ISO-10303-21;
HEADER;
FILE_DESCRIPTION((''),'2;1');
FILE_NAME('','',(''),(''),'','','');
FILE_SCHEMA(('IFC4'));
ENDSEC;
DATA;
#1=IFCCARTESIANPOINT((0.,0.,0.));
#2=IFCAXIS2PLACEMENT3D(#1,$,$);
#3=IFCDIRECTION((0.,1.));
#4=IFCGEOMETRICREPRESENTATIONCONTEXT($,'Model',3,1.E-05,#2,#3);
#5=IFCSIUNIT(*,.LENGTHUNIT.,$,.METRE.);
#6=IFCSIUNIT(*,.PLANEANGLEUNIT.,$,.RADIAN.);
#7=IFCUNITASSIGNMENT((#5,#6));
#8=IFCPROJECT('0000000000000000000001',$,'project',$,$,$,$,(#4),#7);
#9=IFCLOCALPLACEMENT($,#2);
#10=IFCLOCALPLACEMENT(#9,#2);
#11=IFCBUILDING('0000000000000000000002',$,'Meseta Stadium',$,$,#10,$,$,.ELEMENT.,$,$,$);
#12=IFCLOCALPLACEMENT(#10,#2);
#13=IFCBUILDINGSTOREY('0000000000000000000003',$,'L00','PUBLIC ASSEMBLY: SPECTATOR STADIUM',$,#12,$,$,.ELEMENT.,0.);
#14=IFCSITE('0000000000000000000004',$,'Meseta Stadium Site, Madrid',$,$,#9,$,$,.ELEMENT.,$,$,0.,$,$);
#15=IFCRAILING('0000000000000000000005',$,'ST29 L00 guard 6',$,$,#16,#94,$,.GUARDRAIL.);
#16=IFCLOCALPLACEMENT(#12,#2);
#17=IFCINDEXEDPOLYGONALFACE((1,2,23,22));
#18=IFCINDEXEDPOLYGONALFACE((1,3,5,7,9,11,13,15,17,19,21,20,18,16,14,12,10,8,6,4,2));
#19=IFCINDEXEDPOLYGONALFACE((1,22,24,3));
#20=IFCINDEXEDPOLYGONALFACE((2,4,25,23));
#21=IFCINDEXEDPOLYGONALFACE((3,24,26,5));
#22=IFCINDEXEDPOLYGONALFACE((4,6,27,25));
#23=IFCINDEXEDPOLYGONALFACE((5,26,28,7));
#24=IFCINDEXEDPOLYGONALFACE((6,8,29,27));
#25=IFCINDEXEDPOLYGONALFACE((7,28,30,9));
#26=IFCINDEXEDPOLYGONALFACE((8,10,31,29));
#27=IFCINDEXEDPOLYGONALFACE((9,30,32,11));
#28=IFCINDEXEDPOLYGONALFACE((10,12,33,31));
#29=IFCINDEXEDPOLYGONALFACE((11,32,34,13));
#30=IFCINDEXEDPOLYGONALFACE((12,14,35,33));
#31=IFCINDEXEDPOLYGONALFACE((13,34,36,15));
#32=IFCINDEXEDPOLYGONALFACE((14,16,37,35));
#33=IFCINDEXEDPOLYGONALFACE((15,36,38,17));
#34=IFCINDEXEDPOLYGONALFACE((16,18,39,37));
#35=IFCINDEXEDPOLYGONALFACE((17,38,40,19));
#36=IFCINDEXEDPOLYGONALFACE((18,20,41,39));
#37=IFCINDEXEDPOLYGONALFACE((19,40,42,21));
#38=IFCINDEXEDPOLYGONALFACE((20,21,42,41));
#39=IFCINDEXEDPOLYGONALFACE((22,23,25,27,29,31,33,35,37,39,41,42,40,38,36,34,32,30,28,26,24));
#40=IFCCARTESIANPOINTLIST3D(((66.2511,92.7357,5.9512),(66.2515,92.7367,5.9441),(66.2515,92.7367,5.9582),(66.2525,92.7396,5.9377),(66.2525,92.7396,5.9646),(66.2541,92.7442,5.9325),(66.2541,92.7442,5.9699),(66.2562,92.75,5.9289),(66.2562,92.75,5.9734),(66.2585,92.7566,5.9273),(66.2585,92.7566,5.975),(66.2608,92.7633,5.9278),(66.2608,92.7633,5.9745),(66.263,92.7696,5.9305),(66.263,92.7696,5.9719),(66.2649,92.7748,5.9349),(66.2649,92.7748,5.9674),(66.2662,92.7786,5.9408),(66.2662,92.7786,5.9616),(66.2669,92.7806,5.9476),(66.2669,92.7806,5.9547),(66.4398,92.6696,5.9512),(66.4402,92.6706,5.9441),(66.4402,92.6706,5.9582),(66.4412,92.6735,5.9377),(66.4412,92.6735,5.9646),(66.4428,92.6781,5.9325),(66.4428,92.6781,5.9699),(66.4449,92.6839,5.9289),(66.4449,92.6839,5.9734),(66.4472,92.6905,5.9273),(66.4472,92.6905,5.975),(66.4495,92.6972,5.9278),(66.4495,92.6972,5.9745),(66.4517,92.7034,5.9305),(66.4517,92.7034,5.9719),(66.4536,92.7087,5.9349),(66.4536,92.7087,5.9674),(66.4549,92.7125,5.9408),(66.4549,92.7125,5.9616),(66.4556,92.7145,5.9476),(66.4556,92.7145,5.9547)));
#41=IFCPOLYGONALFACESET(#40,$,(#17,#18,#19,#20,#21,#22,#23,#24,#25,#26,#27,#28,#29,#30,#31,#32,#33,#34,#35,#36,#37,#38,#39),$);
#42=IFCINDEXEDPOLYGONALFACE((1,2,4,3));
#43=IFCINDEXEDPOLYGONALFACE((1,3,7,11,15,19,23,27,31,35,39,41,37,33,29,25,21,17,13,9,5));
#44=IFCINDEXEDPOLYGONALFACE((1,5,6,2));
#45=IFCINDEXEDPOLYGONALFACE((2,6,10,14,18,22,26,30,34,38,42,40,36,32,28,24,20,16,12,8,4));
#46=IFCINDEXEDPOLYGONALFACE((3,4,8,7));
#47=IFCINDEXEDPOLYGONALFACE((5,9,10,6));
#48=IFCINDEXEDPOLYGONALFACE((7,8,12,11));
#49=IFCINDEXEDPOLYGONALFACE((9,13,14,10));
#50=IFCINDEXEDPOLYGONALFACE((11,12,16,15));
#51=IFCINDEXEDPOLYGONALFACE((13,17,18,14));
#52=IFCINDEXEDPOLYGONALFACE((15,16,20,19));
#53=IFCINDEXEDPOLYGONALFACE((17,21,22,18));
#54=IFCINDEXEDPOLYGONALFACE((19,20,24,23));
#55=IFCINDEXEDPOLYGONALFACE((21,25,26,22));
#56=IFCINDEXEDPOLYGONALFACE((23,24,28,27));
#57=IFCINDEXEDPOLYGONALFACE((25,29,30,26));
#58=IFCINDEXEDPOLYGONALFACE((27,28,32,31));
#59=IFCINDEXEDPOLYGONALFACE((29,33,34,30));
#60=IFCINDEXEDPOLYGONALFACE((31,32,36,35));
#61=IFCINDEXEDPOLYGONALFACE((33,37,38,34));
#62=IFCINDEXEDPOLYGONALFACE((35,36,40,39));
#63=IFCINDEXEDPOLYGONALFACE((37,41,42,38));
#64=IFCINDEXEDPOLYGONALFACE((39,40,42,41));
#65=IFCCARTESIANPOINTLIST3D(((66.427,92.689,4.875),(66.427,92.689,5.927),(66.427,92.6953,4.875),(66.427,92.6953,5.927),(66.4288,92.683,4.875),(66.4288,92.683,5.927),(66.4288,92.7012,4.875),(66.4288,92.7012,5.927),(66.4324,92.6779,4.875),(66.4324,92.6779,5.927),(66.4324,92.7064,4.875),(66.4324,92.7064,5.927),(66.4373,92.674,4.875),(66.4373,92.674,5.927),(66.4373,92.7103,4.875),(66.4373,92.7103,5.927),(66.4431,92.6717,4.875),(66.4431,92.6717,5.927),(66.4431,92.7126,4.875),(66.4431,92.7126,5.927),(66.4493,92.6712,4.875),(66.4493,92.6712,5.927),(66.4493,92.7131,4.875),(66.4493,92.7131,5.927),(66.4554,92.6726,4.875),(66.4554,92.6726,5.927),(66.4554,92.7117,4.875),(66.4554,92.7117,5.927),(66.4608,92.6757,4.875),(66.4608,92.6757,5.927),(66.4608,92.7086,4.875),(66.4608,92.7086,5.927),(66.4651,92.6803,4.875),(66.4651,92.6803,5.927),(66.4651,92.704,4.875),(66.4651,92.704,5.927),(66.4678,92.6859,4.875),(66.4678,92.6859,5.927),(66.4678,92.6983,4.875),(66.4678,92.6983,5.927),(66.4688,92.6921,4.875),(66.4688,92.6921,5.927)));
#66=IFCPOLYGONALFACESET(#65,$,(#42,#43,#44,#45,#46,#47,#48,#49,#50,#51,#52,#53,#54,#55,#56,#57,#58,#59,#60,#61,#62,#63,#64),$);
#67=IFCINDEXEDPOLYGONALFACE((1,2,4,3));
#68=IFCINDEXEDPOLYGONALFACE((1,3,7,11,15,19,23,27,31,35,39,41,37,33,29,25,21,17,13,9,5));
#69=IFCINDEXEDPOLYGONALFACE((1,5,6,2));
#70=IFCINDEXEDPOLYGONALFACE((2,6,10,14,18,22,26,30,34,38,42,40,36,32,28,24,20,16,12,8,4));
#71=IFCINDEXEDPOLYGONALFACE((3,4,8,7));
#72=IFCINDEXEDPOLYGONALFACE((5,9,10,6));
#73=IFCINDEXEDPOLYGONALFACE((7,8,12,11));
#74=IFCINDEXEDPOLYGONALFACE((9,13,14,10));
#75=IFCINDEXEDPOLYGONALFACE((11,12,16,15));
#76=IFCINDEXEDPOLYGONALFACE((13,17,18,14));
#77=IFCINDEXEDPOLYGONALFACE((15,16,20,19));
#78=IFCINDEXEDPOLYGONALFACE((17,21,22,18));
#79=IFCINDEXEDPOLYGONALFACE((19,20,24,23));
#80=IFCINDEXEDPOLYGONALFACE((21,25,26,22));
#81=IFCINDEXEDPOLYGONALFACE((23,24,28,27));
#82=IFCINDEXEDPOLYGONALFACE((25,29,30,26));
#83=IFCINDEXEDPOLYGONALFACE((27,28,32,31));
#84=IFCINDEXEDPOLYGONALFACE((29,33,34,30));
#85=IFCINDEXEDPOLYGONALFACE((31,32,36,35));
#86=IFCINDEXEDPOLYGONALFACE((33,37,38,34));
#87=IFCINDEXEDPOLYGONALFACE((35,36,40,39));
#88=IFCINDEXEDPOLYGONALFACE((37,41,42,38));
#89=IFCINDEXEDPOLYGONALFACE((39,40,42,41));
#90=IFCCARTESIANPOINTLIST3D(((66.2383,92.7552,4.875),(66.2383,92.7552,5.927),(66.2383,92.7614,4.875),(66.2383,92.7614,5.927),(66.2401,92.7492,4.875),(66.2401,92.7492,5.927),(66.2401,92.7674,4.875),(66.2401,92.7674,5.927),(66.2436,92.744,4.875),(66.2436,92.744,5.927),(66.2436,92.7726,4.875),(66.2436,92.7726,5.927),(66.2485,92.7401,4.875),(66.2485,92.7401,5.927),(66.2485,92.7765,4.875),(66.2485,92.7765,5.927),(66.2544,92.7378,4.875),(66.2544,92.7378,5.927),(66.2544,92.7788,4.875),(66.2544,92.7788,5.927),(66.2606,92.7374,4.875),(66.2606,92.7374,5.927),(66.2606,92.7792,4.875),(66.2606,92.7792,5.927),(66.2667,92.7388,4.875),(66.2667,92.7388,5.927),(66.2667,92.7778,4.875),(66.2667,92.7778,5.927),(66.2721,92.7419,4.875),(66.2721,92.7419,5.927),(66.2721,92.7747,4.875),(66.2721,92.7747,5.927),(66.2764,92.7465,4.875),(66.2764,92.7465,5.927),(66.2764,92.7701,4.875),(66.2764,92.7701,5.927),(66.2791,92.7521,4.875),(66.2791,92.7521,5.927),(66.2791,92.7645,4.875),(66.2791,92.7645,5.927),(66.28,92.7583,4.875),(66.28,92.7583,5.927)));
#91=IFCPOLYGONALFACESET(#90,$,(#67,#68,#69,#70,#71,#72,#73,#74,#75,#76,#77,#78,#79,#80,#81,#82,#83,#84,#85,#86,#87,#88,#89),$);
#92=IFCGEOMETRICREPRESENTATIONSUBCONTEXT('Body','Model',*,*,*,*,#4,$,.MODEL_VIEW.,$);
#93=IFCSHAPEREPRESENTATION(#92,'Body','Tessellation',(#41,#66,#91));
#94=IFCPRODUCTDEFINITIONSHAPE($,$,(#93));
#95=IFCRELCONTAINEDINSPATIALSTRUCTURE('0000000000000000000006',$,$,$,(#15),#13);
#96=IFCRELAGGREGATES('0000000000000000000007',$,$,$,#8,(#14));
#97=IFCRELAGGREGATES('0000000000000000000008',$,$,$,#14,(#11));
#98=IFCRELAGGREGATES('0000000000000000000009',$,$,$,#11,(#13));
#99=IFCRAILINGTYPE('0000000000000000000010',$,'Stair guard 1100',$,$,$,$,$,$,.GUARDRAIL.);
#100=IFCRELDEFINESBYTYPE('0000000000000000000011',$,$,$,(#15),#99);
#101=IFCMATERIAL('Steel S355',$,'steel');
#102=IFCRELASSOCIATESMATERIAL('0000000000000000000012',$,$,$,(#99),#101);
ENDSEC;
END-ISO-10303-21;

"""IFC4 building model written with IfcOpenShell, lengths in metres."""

from ifc_helpers import new_model, si_unit, direction, frame, origin, origin_2d, place, context, subcontext, project, spatial, circle, extrude, material, type_object, element, save


model = new_model("IFC4")

# Units and contexts
model_context = context("Model", 3, precision=1e-05, world=origin(), true_north=direction((0.0, 1.0)))
body_context = subcontext(model_context, "Body", "Model", "MODEL_VIEW")
ifc_project = project(units=[si_unit("LENGTHUNIT", "METRE"), si_unit("PLANEANGLEUNIT", "RADIAN")], contexts=[model_context])

# Site, building, storey
site_placement = place(None, origin())
site = spatial("IfcSite", under=ifc_project, at=site_placement, Name="Meseta Stadium Site, Madrid", CompositionType="ELEMENT", RefElevation=0.0)
building_placement = place(site_placement, origin())
building = spatial("IfcBuilding", under=site, at=building_placement, Name="Meseta Stadium", CompositionType="ELEMENT")
storey_placement = place(building_placement, origin())
storey = spatial("IfcBuildingStorey", under=building, at=storey_placement, Name="L00", Description="PUBLIC ASSEMBLY: SPECTATOR STADIUM", CompositionType="ELEMENT", Elevation=0.0)

# Railing
ifc_material_1 = material(Name="Steel S355", Category="steel")
railing_type_1 = type_object("IfcRailingType", Name="Stair guard 1100", PredefinedType="GUARDRAIL", material=ifc_material_1)
railing_1_placement = place(storey_placement, frame((66.4478, 92.6921, 4.875)))
element("IfcRailing", 1, at=railing_1_placement, inside=storey, type_object=railing_type_1, Name="ST29 L00 guard 6", PredefinedType="GUARDRAIL", context=body_context, shape_type="SweptSolid", body=[
    extrude(circle(Radius=0.0239, at=origin_2d()), frame((0.0, 0.0, 1.0762), z_axis=(-0.943687, 0.33084, 0.0), x_axis=(-0.33084, -0.943687, 0.0)), (0.0, 0.0, 1.0), 0.2),
    extrude(circle(Radius=0.021, at=origin_2d()), origin(), (0.0, 0.0, 1.0), 1.052),
    extrude(circle(Radius=0.021, at=origin_2d()), frame((-0.1887, 0.0662, 0.0)), (0.0, 0.0, 1.0), 1.052),
])

save(model, "model.ifc")
